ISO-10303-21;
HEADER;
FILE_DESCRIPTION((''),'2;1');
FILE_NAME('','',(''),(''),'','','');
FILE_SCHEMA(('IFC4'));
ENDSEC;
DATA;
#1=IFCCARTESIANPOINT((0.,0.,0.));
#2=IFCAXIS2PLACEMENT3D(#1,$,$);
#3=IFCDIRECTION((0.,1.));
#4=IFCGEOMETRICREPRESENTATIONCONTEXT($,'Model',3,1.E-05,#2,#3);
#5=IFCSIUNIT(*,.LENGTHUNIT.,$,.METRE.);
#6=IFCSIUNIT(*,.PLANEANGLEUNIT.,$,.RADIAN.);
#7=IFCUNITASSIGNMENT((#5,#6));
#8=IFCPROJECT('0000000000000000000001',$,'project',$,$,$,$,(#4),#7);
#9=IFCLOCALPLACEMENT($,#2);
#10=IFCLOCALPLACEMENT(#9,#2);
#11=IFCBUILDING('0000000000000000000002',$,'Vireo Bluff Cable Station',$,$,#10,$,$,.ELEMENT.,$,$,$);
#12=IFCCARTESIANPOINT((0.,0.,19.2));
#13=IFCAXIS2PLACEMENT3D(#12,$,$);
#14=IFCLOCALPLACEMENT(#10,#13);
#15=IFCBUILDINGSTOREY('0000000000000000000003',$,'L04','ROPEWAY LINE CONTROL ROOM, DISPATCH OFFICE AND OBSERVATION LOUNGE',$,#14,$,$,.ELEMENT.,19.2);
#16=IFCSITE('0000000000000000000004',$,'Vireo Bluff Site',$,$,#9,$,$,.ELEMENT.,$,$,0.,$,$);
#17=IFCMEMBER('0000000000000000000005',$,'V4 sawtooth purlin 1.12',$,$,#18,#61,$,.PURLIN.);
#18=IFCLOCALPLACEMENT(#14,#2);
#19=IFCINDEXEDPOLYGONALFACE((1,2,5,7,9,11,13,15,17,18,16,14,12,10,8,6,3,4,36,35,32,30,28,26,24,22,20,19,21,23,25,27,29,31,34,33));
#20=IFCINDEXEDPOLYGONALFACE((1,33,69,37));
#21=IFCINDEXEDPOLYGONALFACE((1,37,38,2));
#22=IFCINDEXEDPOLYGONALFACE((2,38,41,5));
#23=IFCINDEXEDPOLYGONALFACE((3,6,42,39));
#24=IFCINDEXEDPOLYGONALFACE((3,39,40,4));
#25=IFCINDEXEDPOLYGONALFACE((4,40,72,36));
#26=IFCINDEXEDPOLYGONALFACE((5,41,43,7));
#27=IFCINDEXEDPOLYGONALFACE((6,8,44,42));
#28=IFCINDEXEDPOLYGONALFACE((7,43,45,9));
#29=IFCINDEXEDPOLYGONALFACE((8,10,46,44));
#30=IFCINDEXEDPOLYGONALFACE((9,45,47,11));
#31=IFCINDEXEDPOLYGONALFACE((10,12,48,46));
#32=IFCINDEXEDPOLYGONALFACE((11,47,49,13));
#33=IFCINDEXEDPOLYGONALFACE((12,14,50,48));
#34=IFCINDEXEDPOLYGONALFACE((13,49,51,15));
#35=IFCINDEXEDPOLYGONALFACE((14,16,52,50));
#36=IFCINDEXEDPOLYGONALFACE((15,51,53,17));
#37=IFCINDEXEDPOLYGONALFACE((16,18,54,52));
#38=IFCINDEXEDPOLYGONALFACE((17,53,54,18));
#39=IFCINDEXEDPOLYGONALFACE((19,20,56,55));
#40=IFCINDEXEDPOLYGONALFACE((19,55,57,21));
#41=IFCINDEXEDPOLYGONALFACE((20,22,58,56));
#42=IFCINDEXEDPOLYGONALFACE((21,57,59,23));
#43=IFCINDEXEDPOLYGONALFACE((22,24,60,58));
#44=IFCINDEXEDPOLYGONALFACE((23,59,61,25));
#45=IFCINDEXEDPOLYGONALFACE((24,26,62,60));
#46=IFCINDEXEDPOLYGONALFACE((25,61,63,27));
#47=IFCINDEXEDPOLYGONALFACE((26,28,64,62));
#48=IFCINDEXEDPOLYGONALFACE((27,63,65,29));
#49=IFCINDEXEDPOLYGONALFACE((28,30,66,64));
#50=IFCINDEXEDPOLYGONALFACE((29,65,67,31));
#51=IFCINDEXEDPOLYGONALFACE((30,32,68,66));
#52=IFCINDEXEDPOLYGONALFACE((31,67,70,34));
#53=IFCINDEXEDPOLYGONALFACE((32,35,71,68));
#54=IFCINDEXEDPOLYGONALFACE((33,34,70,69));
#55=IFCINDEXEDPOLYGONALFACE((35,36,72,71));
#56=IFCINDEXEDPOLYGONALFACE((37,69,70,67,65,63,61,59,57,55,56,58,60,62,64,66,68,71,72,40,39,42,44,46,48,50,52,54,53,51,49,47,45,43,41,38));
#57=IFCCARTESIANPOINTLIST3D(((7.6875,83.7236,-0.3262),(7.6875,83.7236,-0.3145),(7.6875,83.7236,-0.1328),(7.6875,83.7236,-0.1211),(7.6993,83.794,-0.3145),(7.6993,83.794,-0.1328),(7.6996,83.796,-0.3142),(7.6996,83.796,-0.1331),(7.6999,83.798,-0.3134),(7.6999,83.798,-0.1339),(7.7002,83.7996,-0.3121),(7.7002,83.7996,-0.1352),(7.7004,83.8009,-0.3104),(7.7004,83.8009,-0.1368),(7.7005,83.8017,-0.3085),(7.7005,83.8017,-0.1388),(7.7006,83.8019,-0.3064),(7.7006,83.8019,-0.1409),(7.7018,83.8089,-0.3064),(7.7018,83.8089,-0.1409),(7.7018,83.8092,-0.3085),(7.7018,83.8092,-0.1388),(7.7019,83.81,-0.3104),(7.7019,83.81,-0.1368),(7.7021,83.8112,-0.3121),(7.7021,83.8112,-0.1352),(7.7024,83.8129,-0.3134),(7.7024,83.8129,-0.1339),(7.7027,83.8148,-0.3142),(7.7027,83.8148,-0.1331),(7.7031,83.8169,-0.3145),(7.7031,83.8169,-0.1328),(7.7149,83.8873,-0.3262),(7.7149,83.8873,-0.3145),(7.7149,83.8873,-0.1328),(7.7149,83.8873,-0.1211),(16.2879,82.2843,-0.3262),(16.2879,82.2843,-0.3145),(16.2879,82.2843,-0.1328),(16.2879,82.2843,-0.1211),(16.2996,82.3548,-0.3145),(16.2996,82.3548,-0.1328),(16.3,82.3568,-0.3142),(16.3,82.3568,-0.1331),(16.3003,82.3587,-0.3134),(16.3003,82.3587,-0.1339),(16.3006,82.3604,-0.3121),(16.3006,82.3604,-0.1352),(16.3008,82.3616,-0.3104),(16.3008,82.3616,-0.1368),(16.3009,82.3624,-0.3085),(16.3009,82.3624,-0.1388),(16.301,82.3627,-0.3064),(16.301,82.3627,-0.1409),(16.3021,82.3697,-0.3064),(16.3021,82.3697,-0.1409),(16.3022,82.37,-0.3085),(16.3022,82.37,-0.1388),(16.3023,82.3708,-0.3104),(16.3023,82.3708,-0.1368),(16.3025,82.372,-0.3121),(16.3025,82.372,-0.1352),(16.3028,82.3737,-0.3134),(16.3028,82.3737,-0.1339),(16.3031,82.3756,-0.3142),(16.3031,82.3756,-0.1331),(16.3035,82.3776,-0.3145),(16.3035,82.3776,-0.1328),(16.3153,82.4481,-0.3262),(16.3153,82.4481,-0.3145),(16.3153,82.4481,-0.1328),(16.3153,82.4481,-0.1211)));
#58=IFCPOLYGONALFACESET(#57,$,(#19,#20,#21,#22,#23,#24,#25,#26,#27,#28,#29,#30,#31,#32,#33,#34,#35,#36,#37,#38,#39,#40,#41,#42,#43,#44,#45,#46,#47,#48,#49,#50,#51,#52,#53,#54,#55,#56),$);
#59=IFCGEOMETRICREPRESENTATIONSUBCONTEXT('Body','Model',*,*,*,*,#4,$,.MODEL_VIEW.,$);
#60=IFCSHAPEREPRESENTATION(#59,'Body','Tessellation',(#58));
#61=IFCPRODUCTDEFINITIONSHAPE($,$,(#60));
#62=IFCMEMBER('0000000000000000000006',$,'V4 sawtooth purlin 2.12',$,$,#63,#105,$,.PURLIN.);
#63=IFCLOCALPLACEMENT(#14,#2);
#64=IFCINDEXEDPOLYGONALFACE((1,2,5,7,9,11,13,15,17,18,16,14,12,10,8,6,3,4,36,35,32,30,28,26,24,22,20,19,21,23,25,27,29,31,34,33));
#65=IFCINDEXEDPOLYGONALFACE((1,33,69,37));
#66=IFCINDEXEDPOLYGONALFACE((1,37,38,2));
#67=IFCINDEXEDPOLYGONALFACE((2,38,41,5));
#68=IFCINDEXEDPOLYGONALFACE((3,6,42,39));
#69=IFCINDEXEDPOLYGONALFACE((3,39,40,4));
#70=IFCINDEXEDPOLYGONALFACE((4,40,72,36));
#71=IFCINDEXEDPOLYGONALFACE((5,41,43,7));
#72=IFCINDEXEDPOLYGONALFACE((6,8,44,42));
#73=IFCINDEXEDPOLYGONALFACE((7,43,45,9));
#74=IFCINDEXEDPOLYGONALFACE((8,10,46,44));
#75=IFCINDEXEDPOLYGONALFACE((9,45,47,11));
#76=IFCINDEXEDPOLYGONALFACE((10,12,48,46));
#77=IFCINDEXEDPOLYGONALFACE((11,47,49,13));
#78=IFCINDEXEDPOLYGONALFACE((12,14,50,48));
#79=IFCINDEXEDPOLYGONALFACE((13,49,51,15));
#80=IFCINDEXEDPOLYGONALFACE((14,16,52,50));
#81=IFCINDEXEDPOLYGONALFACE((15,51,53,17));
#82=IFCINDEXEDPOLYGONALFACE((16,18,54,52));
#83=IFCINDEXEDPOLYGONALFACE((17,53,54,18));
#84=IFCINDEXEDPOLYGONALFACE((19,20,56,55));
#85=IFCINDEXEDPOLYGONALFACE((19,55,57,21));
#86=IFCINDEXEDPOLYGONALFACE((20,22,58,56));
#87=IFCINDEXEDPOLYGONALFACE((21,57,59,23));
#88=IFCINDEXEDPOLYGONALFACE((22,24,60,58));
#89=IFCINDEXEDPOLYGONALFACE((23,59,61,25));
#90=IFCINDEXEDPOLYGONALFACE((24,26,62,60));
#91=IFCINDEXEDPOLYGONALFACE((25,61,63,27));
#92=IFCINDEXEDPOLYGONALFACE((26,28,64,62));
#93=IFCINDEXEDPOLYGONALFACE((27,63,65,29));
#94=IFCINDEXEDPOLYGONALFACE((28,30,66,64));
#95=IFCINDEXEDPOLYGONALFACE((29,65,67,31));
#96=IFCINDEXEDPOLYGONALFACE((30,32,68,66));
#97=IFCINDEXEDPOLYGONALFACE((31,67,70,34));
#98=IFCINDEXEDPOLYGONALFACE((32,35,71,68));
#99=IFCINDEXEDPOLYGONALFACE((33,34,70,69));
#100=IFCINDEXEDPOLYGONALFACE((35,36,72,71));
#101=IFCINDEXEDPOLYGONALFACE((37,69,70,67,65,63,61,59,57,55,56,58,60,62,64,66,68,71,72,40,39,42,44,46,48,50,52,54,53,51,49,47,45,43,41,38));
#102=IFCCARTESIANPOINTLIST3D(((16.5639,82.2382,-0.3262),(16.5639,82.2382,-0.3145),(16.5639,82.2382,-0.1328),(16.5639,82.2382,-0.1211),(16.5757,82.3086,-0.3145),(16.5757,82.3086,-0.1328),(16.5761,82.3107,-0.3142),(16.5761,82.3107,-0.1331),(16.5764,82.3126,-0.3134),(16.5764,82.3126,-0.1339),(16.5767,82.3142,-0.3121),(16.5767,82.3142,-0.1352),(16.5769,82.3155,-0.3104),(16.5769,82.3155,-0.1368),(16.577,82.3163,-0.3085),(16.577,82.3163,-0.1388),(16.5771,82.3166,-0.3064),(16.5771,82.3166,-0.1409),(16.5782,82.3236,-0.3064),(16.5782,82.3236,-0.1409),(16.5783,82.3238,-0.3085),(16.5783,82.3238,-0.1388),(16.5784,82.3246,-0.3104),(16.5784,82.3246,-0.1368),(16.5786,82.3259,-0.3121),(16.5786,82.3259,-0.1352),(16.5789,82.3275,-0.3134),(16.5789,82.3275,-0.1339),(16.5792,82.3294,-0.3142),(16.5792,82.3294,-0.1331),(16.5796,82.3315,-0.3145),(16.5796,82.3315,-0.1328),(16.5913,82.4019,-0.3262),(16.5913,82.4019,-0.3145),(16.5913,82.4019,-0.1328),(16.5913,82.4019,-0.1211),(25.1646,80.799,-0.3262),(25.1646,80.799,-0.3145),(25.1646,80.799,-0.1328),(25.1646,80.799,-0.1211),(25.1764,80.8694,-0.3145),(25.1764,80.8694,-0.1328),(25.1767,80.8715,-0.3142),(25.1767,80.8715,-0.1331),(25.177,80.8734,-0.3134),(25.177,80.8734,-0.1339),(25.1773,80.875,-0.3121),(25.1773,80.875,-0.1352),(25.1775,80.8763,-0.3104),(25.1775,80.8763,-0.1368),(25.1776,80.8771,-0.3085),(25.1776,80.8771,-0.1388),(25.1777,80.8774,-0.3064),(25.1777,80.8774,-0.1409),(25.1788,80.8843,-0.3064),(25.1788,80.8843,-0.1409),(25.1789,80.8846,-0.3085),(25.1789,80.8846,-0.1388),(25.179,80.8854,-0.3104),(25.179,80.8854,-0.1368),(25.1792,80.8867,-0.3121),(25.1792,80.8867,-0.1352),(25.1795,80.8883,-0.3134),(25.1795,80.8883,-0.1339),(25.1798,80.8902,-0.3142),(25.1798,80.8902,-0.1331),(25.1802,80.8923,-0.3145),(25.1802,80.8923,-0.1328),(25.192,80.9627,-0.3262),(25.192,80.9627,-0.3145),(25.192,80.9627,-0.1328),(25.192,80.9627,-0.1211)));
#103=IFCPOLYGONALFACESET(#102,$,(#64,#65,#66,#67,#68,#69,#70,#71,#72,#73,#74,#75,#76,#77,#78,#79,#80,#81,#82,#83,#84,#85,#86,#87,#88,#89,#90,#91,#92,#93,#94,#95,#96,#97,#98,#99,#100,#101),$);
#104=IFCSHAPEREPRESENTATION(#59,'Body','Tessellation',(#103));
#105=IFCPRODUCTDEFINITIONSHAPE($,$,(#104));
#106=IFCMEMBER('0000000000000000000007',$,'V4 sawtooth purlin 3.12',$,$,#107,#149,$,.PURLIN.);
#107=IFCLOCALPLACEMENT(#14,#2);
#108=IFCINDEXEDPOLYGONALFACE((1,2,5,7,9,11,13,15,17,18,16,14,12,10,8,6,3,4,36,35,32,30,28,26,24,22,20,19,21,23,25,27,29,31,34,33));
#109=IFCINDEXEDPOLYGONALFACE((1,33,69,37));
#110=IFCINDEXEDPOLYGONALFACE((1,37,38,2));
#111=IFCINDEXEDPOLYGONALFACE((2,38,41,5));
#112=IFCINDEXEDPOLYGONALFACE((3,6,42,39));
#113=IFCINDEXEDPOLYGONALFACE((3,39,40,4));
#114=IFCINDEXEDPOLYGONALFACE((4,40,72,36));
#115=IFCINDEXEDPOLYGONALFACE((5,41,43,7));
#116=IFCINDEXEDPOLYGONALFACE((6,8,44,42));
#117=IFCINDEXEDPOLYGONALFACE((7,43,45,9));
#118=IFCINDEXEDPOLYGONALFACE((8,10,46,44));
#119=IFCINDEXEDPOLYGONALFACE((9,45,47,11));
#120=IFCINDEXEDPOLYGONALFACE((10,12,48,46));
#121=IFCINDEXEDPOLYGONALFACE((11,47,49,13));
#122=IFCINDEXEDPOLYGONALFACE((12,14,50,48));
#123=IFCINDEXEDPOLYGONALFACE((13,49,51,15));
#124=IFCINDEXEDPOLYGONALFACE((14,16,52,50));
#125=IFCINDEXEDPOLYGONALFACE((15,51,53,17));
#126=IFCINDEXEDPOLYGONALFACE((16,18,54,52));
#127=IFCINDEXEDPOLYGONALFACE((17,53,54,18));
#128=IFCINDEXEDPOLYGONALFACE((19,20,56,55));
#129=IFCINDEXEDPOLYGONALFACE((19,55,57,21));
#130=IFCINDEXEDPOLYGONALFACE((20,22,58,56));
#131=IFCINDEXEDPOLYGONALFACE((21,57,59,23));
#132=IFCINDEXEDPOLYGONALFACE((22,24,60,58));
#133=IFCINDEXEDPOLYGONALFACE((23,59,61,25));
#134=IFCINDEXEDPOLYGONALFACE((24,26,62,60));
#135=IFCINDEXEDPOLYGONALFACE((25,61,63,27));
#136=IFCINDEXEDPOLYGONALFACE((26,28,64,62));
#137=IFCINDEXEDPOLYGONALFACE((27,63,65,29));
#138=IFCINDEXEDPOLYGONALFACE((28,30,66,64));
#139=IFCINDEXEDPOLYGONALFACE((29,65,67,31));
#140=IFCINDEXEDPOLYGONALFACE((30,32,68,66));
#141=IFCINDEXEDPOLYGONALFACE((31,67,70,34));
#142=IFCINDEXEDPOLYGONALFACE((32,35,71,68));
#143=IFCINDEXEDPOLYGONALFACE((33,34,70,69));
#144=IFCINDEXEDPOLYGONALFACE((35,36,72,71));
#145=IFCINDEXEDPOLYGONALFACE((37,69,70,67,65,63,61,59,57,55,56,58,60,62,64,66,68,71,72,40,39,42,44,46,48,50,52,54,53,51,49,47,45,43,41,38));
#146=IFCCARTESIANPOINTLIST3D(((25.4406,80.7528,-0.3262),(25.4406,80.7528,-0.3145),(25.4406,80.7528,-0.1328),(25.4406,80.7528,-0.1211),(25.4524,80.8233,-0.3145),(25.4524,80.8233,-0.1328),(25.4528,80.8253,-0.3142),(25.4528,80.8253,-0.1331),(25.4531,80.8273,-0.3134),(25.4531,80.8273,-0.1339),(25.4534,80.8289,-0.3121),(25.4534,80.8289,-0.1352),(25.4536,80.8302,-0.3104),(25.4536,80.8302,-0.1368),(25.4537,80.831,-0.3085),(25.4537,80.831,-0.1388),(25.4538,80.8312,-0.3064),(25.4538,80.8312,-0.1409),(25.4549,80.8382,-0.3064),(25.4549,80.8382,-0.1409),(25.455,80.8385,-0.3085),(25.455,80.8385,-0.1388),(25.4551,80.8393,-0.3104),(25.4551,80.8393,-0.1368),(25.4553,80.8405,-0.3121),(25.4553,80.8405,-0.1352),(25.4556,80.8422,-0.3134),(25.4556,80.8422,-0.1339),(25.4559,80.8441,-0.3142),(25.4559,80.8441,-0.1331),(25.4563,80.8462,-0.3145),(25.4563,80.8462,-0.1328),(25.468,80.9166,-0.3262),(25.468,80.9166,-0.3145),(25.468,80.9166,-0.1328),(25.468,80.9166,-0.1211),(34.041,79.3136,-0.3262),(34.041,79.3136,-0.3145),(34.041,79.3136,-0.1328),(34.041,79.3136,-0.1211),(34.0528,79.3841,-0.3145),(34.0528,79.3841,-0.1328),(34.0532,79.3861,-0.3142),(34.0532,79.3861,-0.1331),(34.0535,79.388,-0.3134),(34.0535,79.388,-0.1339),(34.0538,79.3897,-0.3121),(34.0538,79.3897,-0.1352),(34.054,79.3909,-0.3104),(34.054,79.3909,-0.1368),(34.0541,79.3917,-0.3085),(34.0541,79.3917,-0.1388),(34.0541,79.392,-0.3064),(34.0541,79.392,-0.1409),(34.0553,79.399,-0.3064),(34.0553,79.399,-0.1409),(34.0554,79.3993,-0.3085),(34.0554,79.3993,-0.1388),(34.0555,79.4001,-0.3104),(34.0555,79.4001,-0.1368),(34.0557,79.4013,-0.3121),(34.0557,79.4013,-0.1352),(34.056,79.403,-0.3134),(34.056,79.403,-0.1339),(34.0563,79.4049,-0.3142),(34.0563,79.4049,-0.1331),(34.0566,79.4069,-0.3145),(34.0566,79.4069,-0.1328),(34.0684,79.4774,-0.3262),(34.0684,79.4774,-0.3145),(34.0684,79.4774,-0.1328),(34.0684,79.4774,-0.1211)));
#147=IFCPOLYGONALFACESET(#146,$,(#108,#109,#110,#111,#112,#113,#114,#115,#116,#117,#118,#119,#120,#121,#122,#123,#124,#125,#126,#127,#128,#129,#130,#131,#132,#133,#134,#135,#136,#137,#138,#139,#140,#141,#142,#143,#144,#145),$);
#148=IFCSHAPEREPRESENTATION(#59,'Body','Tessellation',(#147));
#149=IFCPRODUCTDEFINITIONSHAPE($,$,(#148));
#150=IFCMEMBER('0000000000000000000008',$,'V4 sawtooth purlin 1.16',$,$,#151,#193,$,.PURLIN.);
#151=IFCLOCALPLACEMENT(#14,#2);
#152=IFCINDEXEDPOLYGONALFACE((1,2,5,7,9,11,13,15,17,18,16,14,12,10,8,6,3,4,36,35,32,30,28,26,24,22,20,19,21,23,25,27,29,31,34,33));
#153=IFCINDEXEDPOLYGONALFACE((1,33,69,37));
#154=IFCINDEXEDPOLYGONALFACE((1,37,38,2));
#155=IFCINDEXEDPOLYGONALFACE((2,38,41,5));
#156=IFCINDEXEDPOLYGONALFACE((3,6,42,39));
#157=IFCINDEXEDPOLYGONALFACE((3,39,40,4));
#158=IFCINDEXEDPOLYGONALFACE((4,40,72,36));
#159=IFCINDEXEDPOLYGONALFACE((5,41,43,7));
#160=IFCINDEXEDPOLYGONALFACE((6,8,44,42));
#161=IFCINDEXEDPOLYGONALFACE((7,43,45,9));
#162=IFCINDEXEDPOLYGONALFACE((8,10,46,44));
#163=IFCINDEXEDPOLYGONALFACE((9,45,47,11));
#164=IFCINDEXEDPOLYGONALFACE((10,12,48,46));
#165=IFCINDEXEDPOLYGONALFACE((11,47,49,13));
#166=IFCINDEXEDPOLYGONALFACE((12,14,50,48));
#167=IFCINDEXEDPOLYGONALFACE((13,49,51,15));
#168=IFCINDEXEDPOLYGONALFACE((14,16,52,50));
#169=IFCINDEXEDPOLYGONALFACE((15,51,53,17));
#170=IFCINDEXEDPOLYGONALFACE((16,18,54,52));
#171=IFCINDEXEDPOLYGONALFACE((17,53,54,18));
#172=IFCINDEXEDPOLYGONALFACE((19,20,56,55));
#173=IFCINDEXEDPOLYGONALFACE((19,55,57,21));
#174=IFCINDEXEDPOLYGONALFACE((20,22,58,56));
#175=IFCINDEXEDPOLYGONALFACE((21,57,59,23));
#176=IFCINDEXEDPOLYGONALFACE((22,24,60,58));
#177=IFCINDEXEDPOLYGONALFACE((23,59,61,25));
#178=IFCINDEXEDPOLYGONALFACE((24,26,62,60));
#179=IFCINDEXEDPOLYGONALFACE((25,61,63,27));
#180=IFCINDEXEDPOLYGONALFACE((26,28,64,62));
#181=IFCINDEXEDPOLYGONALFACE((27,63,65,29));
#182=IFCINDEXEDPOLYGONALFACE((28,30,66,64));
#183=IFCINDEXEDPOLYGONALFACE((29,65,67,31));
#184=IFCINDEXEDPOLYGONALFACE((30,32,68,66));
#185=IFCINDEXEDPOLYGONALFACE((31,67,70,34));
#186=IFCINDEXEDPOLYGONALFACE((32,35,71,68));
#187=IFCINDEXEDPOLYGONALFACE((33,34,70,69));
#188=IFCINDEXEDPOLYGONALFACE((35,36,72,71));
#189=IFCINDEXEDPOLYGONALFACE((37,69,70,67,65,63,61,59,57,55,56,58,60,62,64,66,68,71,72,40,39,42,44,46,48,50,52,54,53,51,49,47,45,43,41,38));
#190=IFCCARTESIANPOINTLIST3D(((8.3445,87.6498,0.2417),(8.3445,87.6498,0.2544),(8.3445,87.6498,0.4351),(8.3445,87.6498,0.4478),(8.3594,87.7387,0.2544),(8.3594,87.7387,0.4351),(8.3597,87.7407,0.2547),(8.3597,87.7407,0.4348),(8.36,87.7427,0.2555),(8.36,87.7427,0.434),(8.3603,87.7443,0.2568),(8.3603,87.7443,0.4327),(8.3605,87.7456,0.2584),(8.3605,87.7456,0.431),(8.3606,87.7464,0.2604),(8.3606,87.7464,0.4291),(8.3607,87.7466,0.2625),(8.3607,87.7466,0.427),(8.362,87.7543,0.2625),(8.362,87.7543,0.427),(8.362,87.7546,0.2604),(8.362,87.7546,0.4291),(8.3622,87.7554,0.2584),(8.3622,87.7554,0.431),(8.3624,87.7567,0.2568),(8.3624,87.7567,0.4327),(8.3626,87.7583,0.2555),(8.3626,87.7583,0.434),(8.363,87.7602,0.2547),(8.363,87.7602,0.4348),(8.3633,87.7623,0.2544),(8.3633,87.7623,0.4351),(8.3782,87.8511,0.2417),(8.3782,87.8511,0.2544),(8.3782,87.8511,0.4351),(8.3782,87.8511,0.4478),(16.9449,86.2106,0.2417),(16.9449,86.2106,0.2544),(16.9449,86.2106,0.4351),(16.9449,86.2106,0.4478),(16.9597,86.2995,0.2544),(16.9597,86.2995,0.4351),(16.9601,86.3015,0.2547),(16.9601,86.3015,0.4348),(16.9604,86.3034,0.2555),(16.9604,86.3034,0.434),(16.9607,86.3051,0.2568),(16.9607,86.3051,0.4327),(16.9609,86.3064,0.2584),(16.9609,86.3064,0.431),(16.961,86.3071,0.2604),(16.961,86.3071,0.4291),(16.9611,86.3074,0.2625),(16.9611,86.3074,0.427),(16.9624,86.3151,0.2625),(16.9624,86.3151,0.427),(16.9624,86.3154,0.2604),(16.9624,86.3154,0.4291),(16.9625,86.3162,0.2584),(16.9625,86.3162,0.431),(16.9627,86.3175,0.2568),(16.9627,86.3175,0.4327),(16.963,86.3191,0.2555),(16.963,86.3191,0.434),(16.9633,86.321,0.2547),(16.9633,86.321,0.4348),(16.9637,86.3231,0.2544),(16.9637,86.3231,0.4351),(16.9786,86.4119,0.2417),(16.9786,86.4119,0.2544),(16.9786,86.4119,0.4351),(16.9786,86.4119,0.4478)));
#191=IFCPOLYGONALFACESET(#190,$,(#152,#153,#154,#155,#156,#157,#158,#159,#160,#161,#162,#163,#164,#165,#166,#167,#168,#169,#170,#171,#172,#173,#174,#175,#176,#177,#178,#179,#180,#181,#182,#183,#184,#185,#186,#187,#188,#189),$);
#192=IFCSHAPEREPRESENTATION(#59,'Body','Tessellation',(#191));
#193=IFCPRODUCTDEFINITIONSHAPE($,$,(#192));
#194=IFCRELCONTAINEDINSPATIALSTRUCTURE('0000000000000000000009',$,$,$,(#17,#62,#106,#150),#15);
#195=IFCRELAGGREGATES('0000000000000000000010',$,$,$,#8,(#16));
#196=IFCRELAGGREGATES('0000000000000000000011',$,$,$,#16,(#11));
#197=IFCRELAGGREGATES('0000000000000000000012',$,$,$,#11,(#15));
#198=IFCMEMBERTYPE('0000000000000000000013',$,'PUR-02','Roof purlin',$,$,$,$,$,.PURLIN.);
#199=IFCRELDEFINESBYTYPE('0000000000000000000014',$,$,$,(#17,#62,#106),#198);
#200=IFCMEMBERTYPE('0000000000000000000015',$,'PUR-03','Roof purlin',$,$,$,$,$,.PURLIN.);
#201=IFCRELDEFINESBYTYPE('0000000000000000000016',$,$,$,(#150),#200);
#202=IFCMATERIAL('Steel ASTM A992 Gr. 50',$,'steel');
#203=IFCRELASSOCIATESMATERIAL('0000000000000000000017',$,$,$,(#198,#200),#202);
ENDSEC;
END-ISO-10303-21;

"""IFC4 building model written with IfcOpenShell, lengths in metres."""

from ifc_helpers import new_model, si_unit, direction, frame, origin, origin_2d, place, context, subcontext, project, spatial, i_section, extrude, material, material_profile, profile_set, type_object, element, save


model = new_model("IFC4")

# Units and contexts
model_context = context("Model", 3, precision=1e-05, world=origin(), true_north=direction((0.0, 1.0)))
body_context = subcontext(model_context, "Body", "Model", "MODEL_VIEW")
ifc_project = project(units=[si_unit("LENGTHUNIT", "METRE"), si_unit("PLANEANGLEUNIT", "RADIAN")], contexts=[model_context])

# Site, building, storey
site_placement = place(None, origin())
site = spatial("IfcSite", under=ifc_project, at=site_placement, Name="Vireo Bluff Site", CompositionType="ELEMENT", RefElevation=0.0)
building_placement = place(site_placement, origin())
building = spatial("IfcBuilding", under=site, at=building_placement, Name="Vireo Bluff Cable Station", CompositionType="ELEMENT")
storey_placement = place(building_placement, frame((0.0, 0.0, 19.2)))
storey = spatial("IfcBuildingStorey", under=building, at=storey_placement, Name="L04", Description="ROPEWAY LINE CONTROL ROOM, DISPATCH OFFICE AND OBSERVATION LOUNGE", CompositionType="ELEMENT", Elevation=19.2)

# Shared definitions
ifc_material_1 = material(Name="Steel ASTM A992 Gr. 50", Category="steel")

# Members
ifc_material_profile_1 = material_profile(ifc_material_1, i_section(OverallWidth=0.166, OverallDepth=0.2051, WebThickness=0.0071, FlangeThickness=0.0117, FilletRadius=0.0081, at=origin_2d()), Name="W8X28")
ifc_profile_set_1 = profile_set([ifc_material_profile_1], Name="Steel ASTM A992 Gr. 50")
member_type_1 = type_object("IfcMemberType", Name="PUR-02", Description="Roof purlin", PredefinedType="PURLIN", material=ifc_profile_set_1)
member_1_placement = place(storey_placement, frame((7.7012, 83.8054, -0.2236), z_axis=(0.986286, -0.165048, 0.0), x_axis=(0.165048, 0.986286, 0.0)))
element("IfcMember", 1, at=member_1_placement, inside=storey, type_object=member_type_1, Name="V4 sawtooth purlin 1.12", PredefinedType="PURLIN", context=body_context, shape_type="SweptSolid", body=[
    extrude(i_section(OverallWidth=0.166, OverallDepth=0.2051, WebThickness=0.0071, FlangeThickness=0.0117, FilletRadius=0.0081, at=origin_2d()), origin(), (0.0, 0.0, 1.0), 8.72),
])
member_2_placement = place(storey_placement, frame((16.5776, 82.3201, -0.2236), z_axis=(0.986286, -0.165044, 0.0), x_axis=(0.165044, 0.986286, 0.0)))
element("IfcMember", 2, at=member_2_placement, inside=storey, type_object=member_type_1, Name="V4 sawtooth purlin 2.12", PredefinedType="PURLIN", context=body_context, shape_type="SweptSolid", body=[
    extrude(i_section(OverallWidth=0.166, OverallDepth=0.2051, WebThickness=0.0071, FlangeThickness=0.0117, FilletRadius=0.0081, at=origin_2d()), origin(), (0.0, 0.0, 1.0), 8.7202),
])
member_3_placement = place(storey_placement, frame((25.4543, 80.8347, -0.2236), z_axis=(0.986286, -0.165048, 0.0), x_axis=(0.165048, 0.986286, 0.0)))
element("IfcMember", 3, at=member_3_placement, inside=storey, type_object=member_type_1, Name="V4 sawtooth purlin 3.12", PredefinedType="PURLIN", context=body_context, shape_type="SweptSolid", body=[
    extrude(i_section(OverallWidth=0.166, OverallDepth=0.2051, WebThickness=0.0071, FlangeThickness=0.0117, FilletRadius=0.0081, at=origin_2d()), origin(), (0.0, 0.0, 1.0), 8.72),
])
ifc_material_profile_2 = material_profile(ifc_material_1, i_section(OverallWidth=0.2041, OverallDepth=0.2061, WebThickness=0.0078, FlangeThickness=0.0127, FilletRadius=0.0081, at=origin_2d()), Name="W8X35")
ifc_profile_set_2 = profile_set([ifc_material_profile_2], Name="Steel ASTM A992 Gr. 50")
member_type_2 = type_object("IfcMemberType", Name="PUR-03", Description="Roof purlin", PredefinedType="PURLIN", material=ifc_profile_set_2)
for number, where, z_axis, x_axis, name in (
    (4, (8.3613, 87.7505, 0.3447), (0.986286, -0.165048, 0.0), (0.165048, 0.986286, 0.0), "V4 sawtooth purlin 1.16"),
):
    element("IfcMember", number, at=place(storey_placement, frame(where, z_axis=z_axis, x_axis=x_axis)), inside=storey, type_object=member_type_2, Name=name, PredefinedType="PURLIN", context=body_context, shape_type="SweptSolid", body=[
        extrude(i_section(OverallWidth=0.2041, OverallDepth=0.2061, WebThickness=0.0078, FlangeThickness=0.0127, FilletRadius=0.0081, at=origin_2d()), origin(), (0.0, 0.0, 1.0), 8.72),
    ])

save(model, "model.ifc")
